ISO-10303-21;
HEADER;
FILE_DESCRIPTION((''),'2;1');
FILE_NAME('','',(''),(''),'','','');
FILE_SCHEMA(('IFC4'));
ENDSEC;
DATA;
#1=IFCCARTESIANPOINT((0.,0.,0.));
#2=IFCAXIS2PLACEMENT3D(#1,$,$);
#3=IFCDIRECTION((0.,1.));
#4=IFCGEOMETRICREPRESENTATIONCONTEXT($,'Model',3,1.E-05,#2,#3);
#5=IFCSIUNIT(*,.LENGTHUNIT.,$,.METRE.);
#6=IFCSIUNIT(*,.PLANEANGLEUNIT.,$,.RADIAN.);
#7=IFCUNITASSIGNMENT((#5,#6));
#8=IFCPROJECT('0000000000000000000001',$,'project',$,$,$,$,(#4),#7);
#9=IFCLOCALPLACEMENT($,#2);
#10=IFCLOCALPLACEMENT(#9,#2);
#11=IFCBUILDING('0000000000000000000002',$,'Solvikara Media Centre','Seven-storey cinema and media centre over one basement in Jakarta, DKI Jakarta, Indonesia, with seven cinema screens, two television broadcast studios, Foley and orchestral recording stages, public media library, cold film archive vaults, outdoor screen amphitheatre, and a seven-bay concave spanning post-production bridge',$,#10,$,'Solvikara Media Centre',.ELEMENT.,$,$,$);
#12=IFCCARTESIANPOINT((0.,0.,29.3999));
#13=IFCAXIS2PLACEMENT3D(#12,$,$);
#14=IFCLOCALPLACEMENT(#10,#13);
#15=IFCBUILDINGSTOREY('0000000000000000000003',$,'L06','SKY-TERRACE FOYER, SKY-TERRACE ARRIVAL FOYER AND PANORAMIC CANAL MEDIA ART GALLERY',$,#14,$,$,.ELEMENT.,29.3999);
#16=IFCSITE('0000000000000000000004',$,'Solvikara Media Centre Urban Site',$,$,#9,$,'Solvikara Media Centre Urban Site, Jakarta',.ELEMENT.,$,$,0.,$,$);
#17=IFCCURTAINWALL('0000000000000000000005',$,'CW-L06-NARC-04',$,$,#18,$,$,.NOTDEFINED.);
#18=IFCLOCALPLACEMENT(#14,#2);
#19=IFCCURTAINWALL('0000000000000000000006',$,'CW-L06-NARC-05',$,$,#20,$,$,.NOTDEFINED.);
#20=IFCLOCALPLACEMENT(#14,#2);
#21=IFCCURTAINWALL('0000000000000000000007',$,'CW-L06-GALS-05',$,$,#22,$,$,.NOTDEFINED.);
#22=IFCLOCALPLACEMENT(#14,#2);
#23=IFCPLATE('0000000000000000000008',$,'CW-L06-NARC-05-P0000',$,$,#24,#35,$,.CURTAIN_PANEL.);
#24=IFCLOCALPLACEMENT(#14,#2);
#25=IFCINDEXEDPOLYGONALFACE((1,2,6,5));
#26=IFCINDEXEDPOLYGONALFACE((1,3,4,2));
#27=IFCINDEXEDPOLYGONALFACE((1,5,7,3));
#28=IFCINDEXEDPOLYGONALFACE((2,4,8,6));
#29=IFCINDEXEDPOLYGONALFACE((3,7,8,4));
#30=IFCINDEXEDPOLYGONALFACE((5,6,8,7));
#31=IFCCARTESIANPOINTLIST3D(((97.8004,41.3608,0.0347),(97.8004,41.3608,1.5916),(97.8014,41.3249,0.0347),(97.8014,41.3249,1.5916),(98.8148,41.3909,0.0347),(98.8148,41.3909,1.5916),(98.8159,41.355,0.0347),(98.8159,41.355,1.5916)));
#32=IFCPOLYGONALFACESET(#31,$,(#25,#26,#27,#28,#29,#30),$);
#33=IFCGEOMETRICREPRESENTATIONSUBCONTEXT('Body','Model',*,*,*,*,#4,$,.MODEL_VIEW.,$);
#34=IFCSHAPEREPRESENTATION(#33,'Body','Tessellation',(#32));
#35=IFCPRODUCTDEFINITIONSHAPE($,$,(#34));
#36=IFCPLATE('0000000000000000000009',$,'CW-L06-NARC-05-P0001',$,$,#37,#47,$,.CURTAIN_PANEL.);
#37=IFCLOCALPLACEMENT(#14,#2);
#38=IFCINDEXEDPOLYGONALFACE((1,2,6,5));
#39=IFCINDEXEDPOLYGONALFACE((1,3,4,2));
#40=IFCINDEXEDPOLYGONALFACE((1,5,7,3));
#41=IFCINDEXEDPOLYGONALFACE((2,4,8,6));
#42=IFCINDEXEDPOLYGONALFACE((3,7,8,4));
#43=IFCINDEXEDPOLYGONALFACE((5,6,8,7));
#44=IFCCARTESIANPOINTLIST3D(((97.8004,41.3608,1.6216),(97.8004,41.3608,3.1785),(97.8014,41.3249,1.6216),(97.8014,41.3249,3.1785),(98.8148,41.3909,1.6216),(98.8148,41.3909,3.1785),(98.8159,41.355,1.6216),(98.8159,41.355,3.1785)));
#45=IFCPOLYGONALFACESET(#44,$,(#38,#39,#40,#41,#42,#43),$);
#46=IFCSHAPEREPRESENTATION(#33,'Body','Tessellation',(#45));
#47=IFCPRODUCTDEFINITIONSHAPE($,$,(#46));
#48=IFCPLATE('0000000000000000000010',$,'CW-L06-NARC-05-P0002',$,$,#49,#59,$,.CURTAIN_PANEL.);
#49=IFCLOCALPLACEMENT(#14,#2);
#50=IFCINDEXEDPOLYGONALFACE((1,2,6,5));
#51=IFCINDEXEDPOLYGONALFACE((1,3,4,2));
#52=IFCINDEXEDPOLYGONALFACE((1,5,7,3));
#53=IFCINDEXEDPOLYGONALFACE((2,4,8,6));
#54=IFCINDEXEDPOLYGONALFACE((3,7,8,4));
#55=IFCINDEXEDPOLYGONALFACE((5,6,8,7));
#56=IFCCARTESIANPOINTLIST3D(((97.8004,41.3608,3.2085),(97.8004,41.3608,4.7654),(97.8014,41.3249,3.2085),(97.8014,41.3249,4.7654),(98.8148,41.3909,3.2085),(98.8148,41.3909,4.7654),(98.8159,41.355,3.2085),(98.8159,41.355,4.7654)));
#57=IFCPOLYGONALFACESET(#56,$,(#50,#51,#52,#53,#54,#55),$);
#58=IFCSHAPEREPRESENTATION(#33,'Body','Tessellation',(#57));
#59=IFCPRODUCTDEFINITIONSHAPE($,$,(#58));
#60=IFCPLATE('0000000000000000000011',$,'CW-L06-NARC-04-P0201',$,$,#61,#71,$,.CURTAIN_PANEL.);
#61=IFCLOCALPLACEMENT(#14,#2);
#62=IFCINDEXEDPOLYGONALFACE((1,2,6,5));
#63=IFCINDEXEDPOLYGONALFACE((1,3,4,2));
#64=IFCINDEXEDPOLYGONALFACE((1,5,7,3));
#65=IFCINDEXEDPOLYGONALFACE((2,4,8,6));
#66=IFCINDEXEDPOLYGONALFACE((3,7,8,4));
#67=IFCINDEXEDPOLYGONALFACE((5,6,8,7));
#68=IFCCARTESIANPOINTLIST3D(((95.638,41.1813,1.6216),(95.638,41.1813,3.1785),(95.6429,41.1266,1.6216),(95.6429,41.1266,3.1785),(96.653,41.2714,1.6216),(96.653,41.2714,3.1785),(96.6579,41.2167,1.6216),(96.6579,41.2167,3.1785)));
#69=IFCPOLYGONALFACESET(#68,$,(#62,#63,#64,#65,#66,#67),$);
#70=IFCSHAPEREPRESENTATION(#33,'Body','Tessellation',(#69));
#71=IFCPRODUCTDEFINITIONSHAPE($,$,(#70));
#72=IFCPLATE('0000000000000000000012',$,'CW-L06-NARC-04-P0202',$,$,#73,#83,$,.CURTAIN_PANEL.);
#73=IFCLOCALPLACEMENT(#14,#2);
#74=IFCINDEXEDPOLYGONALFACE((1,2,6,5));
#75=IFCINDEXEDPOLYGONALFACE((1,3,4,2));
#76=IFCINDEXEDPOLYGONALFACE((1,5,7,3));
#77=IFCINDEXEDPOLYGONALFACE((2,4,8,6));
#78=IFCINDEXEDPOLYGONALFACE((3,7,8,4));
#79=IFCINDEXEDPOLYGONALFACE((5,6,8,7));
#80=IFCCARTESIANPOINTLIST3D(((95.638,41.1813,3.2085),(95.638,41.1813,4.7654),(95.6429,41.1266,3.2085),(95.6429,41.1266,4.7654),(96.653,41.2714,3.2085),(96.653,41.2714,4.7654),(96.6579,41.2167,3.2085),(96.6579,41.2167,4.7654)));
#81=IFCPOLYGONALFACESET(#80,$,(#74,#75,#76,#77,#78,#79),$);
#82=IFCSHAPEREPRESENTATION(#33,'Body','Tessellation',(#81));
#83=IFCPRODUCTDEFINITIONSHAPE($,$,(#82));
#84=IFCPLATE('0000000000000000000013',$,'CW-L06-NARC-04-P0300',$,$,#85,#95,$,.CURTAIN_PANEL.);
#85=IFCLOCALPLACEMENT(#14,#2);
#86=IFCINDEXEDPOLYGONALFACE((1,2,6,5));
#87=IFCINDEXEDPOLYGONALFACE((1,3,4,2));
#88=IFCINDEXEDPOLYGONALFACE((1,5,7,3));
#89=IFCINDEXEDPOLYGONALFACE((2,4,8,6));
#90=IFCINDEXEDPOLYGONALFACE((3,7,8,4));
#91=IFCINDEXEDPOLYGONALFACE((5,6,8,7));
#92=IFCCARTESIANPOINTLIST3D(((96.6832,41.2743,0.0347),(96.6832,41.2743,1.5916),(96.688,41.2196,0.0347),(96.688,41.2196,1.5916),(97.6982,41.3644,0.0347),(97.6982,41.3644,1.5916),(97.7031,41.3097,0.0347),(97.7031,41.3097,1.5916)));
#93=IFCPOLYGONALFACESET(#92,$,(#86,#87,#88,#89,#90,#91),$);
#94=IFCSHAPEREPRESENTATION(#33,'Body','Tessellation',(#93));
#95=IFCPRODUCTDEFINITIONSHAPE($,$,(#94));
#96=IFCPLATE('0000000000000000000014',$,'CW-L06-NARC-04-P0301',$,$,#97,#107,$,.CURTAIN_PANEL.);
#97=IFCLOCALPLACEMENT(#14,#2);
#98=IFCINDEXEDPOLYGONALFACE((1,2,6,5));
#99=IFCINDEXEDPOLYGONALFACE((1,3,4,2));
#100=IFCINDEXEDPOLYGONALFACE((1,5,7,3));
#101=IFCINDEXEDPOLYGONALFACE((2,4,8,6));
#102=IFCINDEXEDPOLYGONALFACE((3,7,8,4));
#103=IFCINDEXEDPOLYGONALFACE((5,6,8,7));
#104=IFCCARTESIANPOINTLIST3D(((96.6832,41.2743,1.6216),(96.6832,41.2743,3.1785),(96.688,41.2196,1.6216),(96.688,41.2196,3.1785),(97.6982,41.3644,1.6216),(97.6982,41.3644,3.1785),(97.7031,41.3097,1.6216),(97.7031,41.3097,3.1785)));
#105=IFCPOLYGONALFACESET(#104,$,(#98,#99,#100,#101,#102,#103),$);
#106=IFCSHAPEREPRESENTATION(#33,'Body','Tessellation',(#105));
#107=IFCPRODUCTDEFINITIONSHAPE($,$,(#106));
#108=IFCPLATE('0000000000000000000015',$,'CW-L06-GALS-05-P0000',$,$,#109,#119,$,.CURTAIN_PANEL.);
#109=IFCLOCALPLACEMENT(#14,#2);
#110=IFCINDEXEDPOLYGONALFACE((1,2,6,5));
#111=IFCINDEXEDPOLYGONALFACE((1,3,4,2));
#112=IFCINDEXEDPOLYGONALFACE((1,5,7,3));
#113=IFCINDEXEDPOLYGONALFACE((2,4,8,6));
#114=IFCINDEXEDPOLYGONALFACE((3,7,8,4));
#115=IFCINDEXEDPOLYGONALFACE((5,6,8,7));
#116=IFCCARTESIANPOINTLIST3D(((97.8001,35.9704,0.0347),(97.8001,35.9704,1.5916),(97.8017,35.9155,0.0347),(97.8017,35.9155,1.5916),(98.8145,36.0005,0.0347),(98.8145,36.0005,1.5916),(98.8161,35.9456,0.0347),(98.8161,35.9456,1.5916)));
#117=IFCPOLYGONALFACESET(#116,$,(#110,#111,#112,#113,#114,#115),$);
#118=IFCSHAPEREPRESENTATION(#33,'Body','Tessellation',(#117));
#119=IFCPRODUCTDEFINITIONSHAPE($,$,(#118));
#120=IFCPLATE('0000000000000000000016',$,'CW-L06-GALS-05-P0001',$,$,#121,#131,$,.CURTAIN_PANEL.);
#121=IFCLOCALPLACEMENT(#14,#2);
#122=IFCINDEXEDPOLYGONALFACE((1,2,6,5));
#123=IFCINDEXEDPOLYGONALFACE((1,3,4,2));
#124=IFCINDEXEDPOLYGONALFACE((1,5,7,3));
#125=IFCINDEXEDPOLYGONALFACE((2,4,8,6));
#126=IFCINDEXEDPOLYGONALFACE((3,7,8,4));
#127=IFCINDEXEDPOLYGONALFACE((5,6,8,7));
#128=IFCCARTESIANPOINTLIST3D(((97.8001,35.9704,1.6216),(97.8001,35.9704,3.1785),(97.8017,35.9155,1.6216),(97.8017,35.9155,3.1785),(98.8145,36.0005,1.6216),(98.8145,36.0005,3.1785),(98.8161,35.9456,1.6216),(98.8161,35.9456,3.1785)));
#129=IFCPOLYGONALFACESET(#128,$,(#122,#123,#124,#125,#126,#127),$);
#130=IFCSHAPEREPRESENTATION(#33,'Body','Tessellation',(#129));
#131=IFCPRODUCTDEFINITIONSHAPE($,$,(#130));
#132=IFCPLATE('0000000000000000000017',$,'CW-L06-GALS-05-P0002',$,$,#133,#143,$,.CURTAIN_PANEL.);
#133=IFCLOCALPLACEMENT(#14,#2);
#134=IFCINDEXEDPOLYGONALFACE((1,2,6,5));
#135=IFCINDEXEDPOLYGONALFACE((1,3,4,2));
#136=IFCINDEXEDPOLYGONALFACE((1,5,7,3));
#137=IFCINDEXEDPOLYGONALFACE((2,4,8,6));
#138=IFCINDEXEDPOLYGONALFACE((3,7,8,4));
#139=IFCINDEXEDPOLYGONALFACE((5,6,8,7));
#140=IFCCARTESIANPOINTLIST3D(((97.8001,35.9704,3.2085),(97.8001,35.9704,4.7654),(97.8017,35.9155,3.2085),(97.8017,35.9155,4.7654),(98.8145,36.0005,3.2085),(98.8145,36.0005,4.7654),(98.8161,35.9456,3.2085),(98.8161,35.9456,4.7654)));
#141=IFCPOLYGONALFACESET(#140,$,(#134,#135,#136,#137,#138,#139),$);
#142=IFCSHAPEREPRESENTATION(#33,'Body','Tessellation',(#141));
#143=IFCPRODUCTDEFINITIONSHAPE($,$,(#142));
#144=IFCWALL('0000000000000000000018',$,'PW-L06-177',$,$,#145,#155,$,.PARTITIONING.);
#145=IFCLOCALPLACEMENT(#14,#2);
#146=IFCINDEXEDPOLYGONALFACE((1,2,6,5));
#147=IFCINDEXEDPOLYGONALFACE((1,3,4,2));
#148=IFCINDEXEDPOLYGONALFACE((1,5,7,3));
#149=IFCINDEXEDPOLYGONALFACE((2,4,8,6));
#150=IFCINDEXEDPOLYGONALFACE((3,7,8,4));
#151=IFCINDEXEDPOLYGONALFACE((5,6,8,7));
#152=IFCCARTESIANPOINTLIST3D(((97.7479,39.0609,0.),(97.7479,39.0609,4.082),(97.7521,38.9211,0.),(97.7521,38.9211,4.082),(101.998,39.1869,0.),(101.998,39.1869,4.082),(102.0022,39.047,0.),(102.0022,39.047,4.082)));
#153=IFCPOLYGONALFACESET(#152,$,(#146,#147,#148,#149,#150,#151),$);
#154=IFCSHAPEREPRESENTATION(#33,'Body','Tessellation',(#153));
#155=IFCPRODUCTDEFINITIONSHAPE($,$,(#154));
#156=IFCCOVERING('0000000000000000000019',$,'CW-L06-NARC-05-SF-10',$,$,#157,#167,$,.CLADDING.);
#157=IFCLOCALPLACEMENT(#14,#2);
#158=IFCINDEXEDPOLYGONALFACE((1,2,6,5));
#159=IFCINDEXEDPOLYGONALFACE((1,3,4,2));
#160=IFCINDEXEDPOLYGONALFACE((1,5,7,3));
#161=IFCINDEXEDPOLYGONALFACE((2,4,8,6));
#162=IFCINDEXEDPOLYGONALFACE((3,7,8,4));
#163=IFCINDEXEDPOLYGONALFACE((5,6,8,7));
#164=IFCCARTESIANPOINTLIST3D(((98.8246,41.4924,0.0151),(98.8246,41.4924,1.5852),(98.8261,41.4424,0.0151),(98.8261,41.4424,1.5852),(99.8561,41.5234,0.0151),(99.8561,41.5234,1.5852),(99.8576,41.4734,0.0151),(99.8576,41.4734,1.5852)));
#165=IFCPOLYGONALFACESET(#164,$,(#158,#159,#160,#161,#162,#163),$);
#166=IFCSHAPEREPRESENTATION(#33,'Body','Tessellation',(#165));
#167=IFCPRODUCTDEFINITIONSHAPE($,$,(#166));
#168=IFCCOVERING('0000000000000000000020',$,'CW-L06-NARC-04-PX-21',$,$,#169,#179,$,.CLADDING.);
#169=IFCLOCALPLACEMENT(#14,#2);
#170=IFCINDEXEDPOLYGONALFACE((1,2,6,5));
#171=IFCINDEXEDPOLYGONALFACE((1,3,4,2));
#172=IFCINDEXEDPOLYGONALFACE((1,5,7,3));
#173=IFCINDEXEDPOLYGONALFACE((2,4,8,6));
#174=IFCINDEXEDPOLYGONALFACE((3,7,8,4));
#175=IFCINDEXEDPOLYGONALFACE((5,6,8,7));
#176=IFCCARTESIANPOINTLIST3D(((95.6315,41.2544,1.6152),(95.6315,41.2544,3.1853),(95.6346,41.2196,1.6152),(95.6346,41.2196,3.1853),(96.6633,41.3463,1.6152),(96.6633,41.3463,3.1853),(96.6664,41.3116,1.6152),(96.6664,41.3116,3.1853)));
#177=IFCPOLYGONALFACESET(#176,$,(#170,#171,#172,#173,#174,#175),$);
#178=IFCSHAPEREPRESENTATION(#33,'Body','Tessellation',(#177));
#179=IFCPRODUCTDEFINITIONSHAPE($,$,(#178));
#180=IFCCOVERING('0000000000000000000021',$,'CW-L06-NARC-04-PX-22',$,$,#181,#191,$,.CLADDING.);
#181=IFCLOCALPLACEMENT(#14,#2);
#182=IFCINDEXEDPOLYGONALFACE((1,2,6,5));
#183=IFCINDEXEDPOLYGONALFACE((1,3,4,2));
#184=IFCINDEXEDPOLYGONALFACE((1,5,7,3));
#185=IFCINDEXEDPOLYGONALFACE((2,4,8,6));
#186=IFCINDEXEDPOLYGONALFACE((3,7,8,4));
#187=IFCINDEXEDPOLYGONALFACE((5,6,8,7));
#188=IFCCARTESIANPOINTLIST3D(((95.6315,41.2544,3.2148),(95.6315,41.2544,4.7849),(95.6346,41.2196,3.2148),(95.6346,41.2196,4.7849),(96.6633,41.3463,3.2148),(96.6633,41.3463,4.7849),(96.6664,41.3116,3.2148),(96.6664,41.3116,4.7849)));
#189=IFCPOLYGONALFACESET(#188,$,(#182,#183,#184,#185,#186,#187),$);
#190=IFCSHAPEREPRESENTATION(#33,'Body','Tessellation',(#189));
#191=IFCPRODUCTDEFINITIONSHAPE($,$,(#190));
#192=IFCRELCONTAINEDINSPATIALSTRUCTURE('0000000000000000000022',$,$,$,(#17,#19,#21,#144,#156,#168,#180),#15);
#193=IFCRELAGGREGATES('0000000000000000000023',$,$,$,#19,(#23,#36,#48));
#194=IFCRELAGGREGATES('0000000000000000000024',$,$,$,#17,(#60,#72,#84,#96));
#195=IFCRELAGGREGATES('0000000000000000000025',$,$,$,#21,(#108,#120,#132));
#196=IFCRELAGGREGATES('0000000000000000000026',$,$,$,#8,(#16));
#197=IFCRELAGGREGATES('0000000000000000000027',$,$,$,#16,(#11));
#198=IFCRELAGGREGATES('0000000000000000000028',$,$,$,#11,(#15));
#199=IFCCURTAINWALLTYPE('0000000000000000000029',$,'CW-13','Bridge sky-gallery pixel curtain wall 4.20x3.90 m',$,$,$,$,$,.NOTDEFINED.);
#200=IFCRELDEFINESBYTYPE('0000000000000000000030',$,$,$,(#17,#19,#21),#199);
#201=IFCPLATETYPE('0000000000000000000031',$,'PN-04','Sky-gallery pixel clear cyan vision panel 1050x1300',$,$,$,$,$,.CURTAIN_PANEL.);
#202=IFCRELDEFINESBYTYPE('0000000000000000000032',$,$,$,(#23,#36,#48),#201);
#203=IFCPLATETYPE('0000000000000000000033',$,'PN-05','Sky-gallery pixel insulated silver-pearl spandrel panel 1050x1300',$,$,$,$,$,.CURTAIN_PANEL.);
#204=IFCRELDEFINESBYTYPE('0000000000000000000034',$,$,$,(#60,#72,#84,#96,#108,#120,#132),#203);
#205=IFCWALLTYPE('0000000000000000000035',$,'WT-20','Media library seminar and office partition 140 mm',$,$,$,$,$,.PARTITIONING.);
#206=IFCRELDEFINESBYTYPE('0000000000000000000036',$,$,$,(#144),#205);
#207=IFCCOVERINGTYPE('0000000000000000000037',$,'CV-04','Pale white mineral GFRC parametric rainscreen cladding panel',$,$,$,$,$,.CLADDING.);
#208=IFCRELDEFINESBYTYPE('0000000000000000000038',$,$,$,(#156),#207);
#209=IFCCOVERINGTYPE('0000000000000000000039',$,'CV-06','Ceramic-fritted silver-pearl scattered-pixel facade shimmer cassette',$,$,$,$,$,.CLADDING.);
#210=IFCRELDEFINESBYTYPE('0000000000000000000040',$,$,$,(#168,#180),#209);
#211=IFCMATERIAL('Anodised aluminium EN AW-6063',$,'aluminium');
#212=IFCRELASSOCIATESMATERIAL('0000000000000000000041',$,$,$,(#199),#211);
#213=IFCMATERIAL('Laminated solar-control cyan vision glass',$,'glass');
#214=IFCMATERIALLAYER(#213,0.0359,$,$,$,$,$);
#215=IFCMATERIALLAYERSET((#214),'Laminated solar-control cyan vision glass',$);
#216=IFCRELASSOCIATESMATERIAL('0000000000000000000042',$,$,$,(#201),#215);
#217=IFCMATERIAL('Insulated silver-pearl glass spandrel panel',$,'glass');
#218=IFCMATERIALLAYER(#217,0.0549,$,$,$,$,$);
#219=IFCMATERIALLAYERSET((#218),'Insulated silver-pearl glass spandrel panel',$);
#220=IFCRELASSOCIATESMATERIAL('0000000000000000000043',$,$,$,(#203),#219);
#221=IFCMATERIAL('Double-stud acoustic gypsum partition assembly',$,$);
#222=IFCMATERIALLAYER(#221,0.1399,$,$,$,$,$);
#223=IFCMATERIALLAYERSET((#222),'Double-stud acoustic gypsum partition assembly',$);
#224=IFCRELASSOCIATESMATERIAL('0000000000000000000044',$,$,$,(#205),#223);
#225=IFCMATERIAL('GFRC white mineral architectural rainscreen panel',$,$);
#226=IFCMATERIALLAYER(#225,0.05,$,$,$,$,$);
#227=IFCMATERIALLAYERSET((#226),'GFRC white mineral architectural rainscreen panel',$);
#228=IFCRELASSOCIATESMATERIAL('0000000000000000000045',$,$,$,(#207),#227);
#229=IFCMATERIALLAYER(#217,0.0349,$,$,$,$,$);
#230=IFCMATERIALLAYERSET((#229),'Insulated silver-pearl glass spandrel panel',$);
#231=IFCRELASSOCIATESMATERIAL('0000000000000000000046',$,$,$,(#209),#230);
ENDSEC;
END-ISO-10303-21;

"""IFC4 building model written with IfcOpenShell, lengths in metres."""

from ifc_helpers import new_model, si_unit, direction, frame, frame_2d, origin, origin_2d, place, context, subcontext, project, spatial, rectangle, extrude, material, layer, layer_set, type_object, element, aggregate, save


model = new_model("IFC4")

# Units and contexts
model_context = context("Model", 3, precision=1e-05, world=origin(), true_north=direction((0.0, 1.0)))
body_context = subcontext(model_context, "Body", "Model", "MODEL_VIEW")
ifc_project = project(units=[si_unit("LENGTHUNIT", "METRE"), si_unit("PLANEANGLEUNIT", "RADIAN")], contexts=[model_context])

# Site, building, storey
site_placement = place(None, origin())
site = spatial("IfcSite", under=ifc_project, at=site_placement, Name="Solvikara Media Centre Urban Site", LongName="Solvikara Media Centre Urban Site, Jakarta", CompositionType="ELEMENT", RefElevation=0.0)
building_placement = place(site_placement, origin())
building = spatial("IfcBuilding", under=site, at=building_placement, Name="Solvikara Media Centre", Description="Seven-storey cinema and media centre over one basement in Jakarta, DKI Jakarta, Indonesia, with seven cinema screens, two television broadcast studios, Foley and orchestral recording stages, public media library, cold film archive vaults, outdoor screen amphitheatre, and a seven-bay concave spanning post-production bridge", LongName="Solvikara Media Centre", CompositionType="ELEMENT")
storey_placement = place(building_placement, frame((0.0, 0.0, 29.3999)))
storey = spatial("IfcBuildingStorey", under=building, at=storey_placement, Name="L06", Description="SKY-TERRACE FOYER, SKY-TERRACE ARRIVAL FOYER AND PANORAMIC CANAL MEDIA ART GALLERY", CompositionType="ELEMENT", Elevation=29.3999)

# Curtain walls
ifc_material_1 = material(Name="Anodised aluminium EN AW-6063", Category="aluminium")
curtain_wall_type = type_object("IfcCurtainWallType", Name="CW-13", Description="Bridge sky-gallery pixel curtain wall 4.20x3.90 m", PredefinedType="NOTDEFINED", material=ifc_material_1)
curtain_wall_1_placement = place(storey_placement, origin())
curtain_wall_1 = element("IfcCurtainWall", 1, at=curtain_wall_1_placement, inside=storey, type_object=curtain_wall_type, Name="CW-L06-NARC-04", PredefinedType="NOTDEFINED")
curtain_wall_2_placement = place(storey_placement, origin())
curtain_wall_2 = element("IfcCurtainWall", 2, at=curtain_wall_2_placement, inside=storey, type_object=curtain_wall_type, Name="CW-L06-NARC-05", PredefinedType="NOTDEFINED")

# Curtain wall
curtain_wall_3_placement = place(storey_placement, origin())
curtain_wall_3 = element("IfcCurtainWall", 3, at=curtain_wall_3_placement, inside=storey, type_object=curtain_wall_type, Name="CW-L06-GALS-05", PredefinedType="NOTDEFINED")

# Plates
ifc_material_2 = material(Name="Laminated solar-control cyan vision glass", Category="glass")
ifc_layer_1 = layer(ifc_material_2, 0.0359)
ifc_layer_set_1 = layer_set([ifc_layer_1], Name="Laminated solar-control cyan vision glass")
plate_type_1 = type_object("IfcPlateType", Name="PN-04", Description="Sky-gallery pixel clear cyan vision panel 1050x1300", PredefinedType="CURTAIN_PANEL", material=ifc_layer_set_1)
plate_1_placement = place(storey_placement, frame((98.3081, 41.3579, 0.0347), z_axis=(0.0, 0.0, 1.0), x_axis=(0.99956, 0.029649, 0.0)))
plate_1 = element("IfcPlate", 4, at=plate_1_placement, type_object=plate_type_1, Name="CW-L06-NARC-05-P0000", PredefinedType="CURTAIN_PANEL", context=body_context, shape_type="SweptSolid", body=[
    extrude(rectangle(XDim=1.0149, YDim=0.0359, at=origin_2d()), origin(), (0.0, 0.0, 1.0), 1.5569),
])
plate_2_placement = place(storey_placement, frame((98.3081, 41.3579, 1.6216), z_axis=(0.0, 0.0, 1.0), x_axis=(0.99956, 0.029649, 0.0)))
plate_2 = element("IfcPlate", 5, at=plate_2_placement, type_object=plate_type_1, Name="CW-L06-NARC-05-P0001", PredefinedType="CURTAIN_PANEL", context=body_context, shape_type="SweptSolid", body=[
    extrude(rectangle(XDim=1.0149, YDim=0.0359, at=origin_2d()), origin(), (0.0, 0.0, 1.0), 1.5569),
])
plate_3_placement = place(storey_placement, frame((98.3081, 41.3579, 3.2085), z_axis=(0.0, 0.0, 1.0), x_axis=(0.99956, 0.029649, 0.0)))
plate_3 = element("IfcPlate", 6, at=plate_3_placement, type_object=plate_type_1, Name="CW-L06-NARC-05-P0002", PredefinedType="CURTAIN_PANEL", context=body_context, shape_type="SweptSolid", body=[
    extrude(rectangle(XDim=1.0149, YDim=0.0359, at=origin_2d()), origin(), (0.0, 0.0, 1.0), 1.5569),
])
aggregate(curtain_wall_2, [plate_1, plate_2, plate_3])
ifc_material_3 = material(Name="Insulated silver-pearl glass spandrel panel", Category="glass")
ifc_layer_2 = layer(ifc_material_3, 0.0549)
ifc_layer_set_2 = layer_set([ifc_layer_2], Name="Insulated silver-pearl glass spandrel panel")
plate_type_2 = type_object("IfcPlateType", Name="PN-05", Description="Sky-gallery pixel insulated silver-pearl spandrel panel 1050x1300", PredefinedType="CURTAIN_PANEL", material=ifc_layer_set_2)
plate_4_placement = place(storey_placement, frame((96.1479, 41.199, 1.6216), z_axis=(0.0, 0.0, 1.0), x_axis=(0.996084, 0.088408, 0.0)))
plate_4 = element("IfcPlate", 7, at=plate_4_placement, type_object=plate_type_2, Name="CW-L06-NARC-04-P0201", PredefinedType="CURTAIN_PANEL", context=body_context, shape_type="SweptSolid", body=[
    extrude(rectangle(XDim=1.019, YDim=0.0549, at=origin_2d()), origin(), (0.0, 0.0, 1.0), 1.5569),
])
plate_5_placement = place(storey_placement, frame((96.1479, 41.199, 3.2085), z_axis=(0.0, 0.0, 1.0), x_axis=(0.996084, 0.088408, 0.0)))
plate_5 = element("IfcPlate", 8, at=plate_5_placement, type_object=plate_type_2, Name="CW-L06-NARC-04-P0202", PredefinedType="CURTAIN_PANEL", context=body_context, shape_type="SweptSolid", body=[
    extrude(rectangle(XDim=1.019, YDim=0.0549, at=origin_2d()), origin(), (0.0, 0.0, 1.0), 1.5569),
])
plate_6_placement = place(storey_placement, frame((97.1931, 41.292, 0.0347), z_axis=(0.0, 0.0, 1.0), x_axis=(0.996084, 0.088408, 0.0)))
plate_6 = element("IfcPlate", 9, at=plate_6_placement, type_object=plate_type_2, Name="CW-L06-NARC-04-P0300", PredefinedType="CURTAIN_PANEL", context=body_context, shape_type="SweptSolid", body=[
    extrude(rectangle(XDim=1.019, YDim=0.0549, at=origin_2d()), origin(), (0.0, 0.0, 1.0), 1.5569),
])
plate_7_placement = place(storey_placement, frame((97.1931, 41.292, 1.6216), z_axis=(0.0, 0.0, 1.0), x_axis=(0.996084, 0.088408, 0.0)))
plate_7 = element("IfcPlate", 10, at=plate_7_placement, type_object=plate_type_2, Name="CW-L06-NARC-04-P0301", PredefinedType="CURTAIN_PANEL", context=body_context, shape_type="SweptSolid", body=[
    extrude(rectangle(XDim=1.019, YDim=0.0549, at=origin_2d()), origin(), (0.0, 0.0, 1.0), 1.5569),
])
aggregate(curtain_wall_1, [plate_4, plate_5, plate_6, plate_7])
plate_8_placement = place(storey_placement, frame((98.3081, 35.958, 0.0347), z_axis=(0.0, 0.0, 1.0), x_axis=(0.99956, 0.029649, 0.0)))
plate_8 = element("IfcPlate", 11, at=plate_8_placement, type_object=plate_type_2, Name="CW-L06-GALS-05-P0000", PredefinedType="CURTAIN_PANEL", context=body_context, shape_type="SweptSolid", body=[
    extrude(rectangle(XDim=1.0149, YDim=0.0549, at=origin_2d()), origin(), (0.0, 0.0, 1.0), 1.5569),
])
plate_9_placement = place(storey_placement, frame((98.3081, 35.958, 1.6216), z_axis=(0.0, 0.0, 1.0), x_axis=(0.99956, 0.029649, 0.0)))
plate_9 = element("IfcPlate", 12, at=plate_9_placement, type_object=plate_type_2, Name="CW-L06-GALS-05-P0001", PredefinedType="CURTAIN_PANEL", context=body_context, shape_type="SweptSolid", body=[
    extrude(rectangle(XDim=1.0149, YDim=0.0549, at=origin_2d()), origin(), (0.0, 0.0, 1.0), 1.5569),
])
plate_10_placement = place(storey_placement, frame((98.3081, 35.958, 3.2085), z_axis=(0.0, 0.0, 1.0), x_axis=(0.99956, 0.029649, 0.0)))
plate_10 = element("IfcPlate", 13, at=plate_10_placement, type_object=plate_type_2, Name="CW-L06-GALS-05-P0002", PredefinedType="CURTAIN_PANEL", context=body_context, shape_type="SweptSolid", body=[
    extrude(rectangle(XDim=1.0149, YDim=0.0549, at=origin_2d()), origin(), (0.0, 0.0, 1.0), 1.5569),
])
aggregate(curtain_wall_3, [plate_8, plate_9, plate_10])

# Wall
ifc_material_4 = material(Name="Double-stud acoustic gypsum partition assembly")
ifc_layer_3 = layer(ifc_material_4, 0.1399)
ifc_layer_set_3 = layer_set([ifc_layer_3], Name="Double-stud acoustic gypsum partition assembly")
wall_type = type_object("IfcWallType", Name="WT-20", Description="Media library seminar and office partition 140 mm", PredefinedType="PARTITIONING", material=ifc_layer_set_3)
wall_placement = place(storey_placement, frame((97.75, 38.991, 0.0), z_axis=(0.0, 0.0, 1.0), x_axis=(0.999561, 0.029629, 0.0)))
element("IfcWall", 14, at=wall_placement, inside=storey, type_object=wall_type, Name="PW-L06-177", PredefinedType="PARTITIONING", context=body_context, shape_type="SweptSolid", body=[
    extrude(rectangle(XDim=4.252, YDim=0.1399, at=frame_2d((2.126, 0.0))), origin(), (0.0, 0.0, 1.0), 4.082),
])

# Coverings
ifc_material_5 = material(Name="GFRC white mineral architectural rainscreen panel")
ifc_layer_4 = layer(ifc_material_5, 0.05)
ifc_layer_set_4 = layer_set([ifc_layer_4], Name="GFRC white mineral architectural rainscreen panel")
covering_type_1 = type_object("IfcCoveringType", Name="CV-04", Description="Pale white mineral GFRC parametric rainscreen cladding panel", PredefinedType="CLADDING", material=ifc_layer_set_4)
covering_1_placement = place(storey_placement, frame((99.3411, 41.4829, 0.0151), z_axis=(0.0, 0.0, 1.0), x_axis=(0.999549, 0.030033, 0.0)))
element("IfcCovering", 15, at=covering_1_placement, inside=storey, type_object=covering_type_1, Name="CW-L06-NARC-05-SF-10", PredefinedType="CLADDING", context=body_context, shape_type="SweptSolid", body=[
    extrude(rectangle(XDim=1.032, YDim=0.05, at=origin_2d()), origin(), (0.0, 0.0, 1.0), 1.5701),
])
ifc_layer_5 = layer(ifc_material_3, 0.0349)
ifc_layer_set_5 = layer_set([ifc_layer_5], Name="Insulated silver-pearl glass spandrel panel")
covering_type_2 = type_object("IfcCoveringType", Name="CV-06", Description="Ceramic-fritted silver-pearl scattered-pixel facade shimmer cassette", PredefinedType="CLADDING", material=ifc_layer_set_5)
for number, where, z_axis, x_axis, name in (
    (16, (96.1489, 41.283, 1.6152), (0.0, 0.0, 1.0), (0.99605, 0.08879, 0.0), "CW-L06-NARC-04-PX-21"),
    (17, (96.1489, 41.283, 3.2148), (0.0, 0.0, 1.0), (0.99605, 0.08879, 0.0), "CW-L06-NARC-04-PX-22"),
):
    element("IfcCovering", number, at=place(storey_placement, frame(where, z_axis=z_axis, x_axis=x_axis)), inside=storey, type_object=covering_type_2, Name=name, PredefinedType="CLADDING", context=body_context, shape_type="SweptSolid", body=[
        extrude(rectangle(XDim=1.0359, YDim=0.0349, at=origin_2d()), origin(), (0.0, 0.0, 1.0), 1.5701),
    ])

save(model, "model.ifc")
